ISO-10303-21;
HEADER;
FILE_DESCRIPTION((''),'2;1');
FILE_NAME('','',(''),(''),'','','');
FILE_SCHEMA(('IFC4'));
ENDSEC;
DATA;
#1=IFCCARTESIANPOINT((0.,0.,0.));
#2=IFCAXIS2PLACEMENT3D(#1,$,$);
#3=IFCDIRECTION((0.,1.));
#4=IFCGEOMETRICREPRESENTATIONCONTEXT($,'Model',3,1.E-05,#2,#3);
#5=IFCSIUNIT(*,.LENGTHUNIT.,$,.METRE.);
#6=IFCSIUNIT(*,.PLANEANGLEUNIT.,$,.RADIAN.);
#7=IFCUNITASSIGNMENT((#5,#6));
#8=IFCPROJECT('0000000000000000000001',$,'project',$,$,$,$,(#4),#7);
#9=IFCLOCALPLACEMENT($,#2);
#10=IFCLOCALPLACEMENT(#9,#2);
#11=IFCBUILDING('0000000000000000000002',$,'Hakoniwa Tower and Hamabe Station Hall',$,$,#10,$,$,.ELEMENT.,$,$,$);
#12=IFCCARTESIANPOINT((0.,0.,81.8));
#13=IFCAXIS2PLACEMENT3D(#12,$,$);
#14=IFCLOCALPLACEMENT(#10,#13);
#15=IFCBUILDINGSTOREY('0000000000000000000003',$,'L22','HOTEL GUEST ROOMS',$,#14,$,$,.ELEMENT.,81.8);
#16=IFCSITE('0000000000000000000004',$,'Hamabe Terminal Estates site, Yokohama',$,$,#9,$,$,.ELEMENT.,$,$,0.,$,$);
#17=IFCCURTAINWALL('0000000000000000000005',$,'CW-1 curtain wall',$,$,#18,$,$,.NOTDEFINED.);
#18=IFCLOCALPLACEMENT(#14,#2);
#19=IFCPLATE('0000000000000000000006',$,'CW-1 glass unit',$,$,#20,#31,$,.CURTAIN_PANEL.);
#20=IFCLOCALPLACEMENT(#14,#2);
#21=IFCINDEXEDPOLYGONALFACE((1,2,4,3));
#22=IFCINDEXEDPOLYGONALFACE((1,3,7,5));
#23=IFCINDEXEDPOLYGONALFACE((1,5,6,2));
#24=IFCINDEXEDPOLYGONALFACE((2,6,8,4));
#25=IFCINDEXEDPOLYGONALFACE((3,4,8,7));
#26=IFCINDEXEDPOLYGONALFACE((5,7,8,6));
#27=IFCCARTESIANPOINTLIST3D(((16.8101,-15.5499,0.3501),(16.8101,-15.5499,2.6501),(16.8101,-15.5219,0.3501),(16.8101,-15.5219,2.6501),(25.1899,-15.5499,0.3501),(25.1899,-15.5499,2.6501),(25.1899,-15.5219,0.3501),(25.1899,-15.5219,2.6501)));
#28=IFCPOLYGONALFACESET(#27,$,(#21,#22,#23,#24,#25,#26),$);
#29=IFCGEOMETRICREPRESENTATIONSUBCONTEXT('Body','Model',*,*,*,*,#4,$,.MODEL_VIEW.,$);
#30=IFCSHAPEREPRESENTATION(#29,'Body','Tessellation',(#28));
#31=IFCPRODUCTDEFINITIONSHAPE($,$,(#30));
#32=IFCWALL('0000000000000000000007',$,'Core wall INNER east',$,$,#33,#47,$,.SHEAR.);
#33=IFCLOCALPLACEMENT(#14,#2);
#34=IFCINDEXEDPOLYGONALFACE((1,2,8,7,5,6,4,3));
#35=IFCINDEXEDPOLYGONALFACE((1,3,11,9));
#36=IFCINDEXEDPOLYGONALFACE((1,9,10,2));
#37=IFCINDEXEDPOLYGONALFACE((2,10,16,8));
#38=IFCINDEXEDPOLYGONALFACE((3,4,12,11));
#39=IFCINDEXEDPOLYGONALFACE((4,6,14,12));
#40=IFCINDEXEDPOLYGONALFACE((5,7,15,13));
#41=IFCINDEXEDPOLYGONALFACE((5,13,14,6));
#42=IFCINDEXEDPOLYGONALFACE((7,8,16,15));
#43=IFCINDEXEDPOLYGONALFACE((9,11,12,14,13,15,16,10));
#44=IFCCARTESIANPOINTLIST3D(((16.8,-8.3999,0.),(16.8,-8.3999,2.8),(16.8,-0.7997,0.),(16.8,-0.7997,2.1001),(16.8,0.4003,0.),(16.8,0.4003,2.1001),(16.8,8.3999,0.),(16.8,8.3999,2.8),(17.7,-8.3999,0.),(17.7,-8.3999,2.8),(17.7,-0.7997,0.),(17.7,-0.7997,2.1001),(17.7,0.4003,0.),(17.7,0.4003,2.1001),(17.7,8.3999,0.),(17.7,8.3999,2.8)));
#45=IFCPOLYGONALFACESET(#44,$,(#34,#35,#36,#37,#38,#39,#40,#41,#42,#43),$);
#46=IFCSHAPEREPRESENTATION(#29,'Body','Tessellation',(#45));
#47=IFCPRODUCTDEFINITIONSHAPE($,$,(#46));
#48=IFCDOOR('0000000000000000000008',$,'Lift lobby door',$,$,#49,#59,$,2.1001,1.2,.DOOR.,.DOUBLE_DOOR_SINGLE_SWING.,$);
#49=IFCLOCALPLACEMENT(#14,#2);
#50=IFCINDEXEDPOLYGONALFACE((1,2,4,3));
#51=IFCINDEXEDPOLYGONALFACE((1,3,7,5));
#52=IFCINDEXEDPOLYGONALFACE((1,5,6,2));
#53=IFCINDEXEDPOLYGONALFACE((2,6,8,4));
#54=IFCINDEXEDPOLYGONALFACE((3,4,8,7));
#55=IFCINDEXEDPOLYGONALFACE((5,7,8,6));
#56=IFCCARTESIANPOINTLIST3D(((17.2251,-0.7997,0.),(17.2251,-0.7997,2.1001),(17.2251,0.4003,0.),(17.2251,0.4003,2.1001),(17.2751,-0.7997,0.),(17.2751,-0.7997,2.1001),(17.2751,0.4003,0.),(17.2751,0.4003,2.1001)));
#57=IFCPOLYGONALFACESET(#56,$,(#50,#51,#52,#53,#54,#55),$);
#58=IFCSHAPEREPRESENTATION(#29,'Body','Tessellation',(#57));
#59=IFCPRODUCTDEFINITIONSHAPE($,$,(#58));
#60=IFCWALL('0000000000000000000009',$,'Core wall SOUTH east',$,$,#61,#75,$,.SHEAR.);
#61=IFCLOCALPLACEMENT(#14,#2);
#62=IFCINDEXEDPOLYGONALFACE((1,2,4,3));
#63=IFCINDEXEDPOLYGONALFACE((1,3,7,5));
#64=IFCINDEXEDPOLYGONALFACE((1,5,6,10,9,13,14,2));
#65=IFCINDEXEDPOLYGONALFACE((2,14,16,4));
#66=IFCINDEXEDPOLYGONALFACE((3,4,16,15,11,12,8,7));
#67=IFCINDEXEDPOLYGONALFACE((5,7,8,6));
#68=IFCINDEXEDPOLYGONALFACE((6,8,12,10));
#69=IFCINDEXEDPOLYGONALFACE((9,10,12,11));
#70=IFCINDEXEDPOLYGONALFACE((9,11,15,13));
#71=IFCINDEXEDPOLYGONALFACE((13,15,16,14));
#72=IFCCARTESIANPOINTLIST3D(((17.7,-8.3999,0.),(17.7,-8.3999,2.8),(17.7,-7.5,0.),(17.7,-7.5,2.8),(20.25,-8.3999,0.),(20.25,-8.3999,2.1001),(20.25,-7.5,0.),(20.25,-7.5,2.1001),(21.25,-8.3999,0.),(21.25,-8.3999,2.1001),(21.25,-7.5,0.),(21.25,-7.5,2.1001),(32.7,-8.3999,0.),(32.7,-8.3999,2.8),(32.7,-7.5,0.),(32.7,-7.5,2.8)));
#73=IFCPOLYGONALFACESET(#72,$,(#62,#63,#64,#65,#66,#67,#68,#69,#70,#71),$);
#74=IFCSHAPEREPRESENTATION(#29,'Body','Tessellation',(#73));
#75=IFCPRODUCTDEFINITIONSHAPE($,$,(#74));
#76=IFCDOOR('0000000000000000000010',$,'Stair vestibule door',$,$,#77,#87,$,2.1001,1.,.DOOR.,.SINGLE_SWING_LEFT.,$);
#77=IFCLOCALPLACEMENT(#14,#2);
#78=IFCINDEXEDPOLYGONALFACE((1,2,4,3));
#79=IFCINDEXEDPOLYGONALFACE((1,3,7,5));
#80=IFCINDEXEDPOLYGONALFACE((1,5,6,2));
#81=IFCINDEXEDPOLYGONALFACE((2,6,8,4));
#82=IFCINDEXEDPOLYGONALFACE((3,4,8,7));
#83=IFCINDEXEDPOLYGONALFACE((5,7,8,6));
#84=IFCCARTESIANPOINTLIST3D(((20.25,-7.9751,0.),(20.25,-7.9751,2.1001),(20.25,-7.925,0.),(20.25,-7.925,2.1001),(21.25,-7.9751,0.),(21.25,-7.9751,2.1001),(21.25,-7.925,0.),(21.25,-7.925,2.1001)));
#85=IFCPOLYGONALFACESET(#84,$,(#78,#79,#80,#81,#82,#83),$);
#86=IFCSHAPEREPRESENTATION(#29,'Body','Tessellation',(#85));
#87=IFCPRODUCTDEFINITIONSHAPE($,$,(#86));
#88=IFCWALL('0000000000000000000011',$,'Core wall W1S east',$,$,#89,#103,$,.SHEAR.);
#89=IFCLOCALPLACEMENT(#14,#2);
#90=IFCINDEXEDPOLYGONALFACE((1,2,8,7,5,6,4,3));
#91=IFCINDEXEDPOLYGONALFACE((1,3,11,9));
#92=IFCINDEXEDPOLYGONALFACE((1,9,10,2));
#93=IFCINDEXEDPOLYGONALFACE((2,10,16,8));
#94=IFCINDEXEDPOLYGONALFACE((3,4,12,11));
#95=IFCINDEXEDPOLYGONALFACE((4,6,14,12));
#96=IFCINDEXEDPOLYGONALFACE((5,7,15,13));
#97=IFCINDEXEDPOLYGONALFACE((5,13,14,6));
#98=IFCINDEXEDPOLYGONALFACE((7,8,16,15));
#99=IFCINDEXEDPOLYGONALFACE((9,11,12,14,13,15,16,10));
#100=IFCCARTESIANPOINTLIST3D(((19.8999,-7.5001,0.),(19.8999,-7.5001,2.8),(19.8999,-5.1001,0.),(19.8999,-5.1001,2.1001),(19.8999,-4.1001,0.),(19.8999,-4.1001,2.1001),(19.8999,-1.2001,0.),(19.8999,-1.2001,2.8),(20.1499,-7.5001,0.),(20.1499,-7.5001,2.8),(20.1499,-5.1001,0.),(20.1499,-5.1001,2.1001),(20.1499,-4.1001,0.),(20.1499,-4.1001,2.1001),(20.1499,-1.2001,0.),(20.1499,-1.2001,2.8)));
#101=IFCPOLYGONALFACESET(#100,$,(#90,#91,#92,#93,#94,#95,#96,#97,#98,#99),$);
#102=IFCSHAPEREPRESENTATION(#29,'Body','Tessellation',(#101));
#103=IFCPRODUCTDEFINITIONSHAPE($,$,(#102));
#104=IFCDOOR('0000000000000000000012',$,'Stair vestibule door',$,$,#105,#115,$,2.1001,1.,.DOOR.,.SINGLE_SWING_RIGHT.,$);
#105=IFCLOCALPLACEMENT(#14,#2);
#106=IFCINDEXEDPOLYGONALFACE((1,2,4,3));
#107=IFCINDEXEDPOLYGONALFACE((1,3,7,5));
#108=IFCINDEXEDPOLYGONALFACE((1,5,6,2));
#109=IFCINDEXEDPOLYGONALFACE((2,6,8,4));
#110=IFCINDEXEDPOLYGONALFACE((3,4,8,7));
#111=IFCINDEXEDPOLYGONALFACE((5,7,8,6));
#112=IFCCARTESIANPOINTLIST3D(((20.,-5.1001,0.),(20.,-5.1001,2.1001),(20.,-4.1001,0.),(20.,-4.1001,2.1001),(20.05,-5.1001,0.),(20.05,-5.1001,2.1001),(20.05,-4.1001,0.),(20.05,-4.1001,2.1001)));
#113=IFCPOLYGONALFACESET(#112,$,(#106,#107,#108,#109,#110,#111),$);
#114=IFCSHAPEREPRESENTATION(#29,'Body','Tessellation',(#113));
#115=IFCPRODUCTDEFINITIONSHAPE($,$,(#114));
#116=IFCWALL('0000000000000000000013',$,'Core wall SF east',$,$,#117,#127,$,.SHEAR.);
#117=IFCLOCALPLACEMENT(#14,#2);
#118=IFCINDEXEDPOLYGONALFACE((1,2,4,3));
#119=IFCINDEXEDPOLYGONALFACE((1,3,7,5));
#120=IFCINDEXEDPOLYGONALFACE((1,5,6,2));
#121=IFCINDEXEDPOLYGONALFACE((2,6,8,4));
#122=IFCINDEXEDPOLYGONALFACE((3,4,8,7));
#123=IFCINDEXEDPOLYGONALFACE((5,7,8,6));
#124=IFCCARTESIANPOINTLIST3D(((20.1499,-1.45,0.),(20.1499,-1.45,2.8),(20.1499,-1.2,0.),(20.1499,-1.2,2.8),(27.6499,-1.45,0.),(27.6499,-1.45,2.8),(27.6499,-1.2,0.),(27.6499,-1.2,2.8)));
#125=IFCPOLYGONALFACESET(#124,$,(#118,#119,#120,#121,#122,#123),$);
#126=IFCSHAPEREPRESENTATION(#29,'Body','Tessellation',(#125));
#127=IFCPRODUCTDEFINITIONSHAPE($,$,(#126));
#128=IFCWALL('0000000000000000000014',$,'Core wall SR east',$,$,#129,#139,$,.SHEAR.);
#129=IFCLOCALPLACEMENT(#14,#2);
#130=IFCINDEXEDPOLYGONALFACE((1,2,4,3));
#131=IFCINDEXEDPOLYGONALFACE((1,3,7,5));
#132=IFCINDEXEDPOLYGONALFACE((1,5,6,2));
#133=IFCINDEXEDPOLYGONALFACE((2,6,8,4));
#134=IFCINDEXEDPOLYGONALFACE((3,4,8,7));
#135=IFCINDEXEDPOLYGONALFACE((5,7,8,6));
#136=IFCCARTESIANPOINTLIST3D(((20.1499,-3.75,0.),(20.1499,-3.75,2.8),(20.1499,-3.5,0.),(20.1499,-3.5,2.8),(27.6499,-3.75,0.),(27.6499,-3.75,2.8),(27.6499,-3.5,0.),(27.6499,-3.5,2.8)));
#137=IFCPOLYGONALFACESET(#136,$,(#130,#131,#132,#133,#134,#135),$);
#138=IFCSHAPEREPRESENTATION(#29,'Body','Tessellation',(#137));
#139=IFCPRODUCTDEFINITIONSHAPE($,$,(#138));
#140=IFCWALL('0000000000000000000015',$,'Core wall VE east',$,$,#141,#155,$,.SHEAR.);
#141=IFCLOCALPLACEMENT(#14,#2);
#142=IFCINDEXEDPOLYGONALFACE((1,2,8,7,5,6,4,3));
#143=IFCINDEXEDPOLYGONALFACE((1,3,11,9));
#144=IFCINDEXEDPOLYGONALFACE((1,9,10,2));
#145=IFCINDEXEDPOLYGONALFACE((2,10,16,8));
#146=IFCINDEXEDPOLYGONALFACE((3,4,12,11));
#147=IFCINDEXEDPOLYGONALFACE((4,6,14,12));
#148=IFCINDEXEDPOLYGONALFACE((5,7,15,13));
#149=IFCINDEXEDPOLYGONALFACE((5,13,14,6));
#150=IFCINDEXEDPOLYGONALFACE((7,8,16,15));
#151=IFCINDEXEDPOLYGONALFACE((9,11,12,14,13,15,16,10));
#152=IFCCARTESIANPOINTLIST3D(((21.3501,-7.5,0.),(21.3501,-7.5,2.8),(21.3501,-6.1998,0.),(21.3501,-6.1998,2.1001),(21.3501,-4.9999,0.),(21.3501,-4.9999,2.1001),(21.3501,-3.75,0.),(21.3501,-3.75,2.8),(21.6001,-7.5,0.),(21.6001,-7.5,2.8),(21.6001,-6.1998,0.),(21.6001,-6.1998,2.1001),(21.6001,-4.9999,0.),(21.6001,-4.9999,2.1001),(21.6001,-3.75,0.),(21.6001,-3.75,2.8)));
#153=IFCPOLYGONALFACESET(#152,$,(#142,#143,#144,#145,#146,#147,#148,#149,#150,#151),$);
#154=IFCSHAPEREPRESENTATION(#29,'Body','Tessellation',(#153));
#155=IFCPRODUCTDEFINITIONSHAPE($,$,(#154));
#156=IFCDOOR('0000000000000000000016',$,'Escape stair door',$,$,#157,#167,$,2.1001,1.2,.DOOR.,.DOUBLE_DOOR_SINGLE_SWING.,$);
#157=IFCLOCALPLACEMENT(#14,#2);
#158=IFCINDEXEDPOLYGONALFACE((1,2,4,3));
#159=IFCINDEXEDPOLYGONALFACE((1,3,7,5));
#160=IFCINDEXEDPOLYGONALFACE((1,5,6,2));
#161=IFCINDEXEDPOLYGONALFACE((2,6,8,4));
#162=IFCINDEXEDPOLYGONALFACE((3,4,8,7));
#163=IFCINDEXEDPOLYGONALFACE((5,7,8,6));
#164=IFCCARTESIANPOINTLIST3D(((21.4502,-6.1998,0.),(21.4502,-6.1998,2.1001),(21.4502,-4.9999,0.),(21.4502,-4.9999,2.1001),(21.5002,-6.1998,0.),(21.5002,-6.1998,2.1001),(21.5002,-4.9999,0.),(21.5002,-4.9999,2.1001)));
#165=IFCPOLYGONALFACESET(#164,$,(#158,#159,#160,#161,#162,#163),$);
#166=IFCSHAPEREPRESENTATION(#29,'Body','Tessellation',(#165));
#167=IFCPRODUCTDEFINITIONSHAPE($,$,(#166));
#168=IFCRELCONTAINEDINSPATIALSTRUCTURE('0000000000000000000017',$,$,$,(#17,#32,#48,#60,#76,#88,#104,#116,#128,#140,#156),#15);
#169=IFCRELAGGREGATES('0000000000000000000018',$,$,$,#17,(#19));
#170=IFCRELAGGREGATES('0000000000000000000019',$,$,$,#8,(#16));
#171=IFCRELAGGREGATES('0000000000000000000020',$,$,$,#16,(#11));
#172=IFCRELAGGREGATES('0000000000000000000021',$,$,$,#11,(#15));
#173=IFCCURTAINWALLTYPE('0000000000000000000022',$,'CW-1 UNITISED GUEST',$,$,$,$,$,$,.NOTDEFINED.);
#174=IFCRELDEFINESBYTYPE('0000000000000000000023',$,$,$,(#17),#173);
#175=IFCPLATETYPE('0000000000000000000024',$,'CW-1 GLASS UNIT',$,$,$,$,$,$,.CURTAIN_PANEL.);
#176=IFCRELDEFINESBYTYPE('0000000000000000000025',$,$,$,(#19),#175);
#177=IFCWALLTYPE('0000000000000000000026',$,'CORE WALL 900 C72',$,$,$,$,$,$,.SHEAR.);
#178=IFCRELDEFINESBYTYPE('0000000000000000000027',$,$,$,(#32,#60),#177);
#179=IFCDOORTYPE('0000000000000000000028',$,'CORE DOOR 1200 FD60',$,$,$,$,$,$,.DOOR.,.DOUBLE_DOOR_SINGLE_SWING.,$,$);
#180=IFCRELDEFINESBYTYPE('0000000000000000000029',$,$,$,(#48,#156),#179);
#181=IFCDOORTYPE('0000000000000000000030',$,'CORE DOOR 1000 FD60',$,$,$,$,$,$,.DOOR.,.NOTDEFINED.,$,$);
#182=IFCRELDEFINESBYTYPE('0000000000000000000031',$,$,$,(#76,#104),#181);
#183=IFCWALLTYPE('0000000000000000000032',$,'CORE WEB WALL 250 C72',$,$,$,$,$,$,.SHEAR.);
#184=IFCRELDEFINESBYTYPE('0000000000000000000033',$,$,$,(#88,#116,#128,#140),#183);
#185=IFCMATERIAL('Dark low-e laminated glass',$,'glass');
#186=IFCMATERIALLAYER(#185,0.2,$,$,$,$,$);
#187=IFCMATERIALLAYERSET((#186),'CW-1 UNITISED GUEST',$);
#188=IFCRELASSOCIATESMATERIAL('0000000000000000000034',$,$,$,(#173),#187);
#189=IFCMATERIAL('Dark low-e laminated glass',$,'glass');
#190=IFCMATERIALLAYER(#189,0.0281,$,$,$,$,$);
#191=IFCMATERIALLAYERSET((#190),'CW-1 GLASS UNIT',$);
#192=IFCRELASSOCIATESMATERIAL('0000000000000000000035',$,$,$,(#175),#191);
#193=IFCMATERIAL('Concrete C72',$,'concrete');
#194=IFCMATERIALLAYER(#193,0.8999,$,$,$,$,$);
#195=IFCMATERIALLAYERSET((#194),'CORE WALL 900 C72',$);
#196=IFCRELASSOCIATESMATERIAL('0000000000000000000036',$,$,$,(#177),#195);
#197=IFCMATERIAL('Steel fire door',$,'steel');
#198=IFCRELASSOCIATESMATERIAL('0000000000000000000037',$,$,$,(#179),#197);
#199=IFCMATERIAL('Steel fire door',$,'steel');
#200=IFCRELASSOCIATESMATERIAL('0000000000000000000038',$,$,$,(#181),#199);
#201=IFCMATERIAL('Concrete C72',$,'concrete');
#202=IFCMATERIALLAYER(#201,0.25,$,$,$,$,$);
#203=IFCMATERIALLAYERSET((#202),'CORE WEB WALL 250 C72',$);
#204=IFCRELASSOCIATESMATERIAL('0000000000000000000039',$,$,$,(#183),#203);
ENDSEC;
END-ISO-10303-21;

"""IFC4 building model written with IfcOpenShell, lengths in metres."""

from ifc_helpers import new_model, si_unit, direction, frame, frame_2d, origin, origin_2d, place, context, subcontext, project, spatial, rectangle, extrude, material, layer, layer_set, type_object, element, fill, aggregate, save


model = new_model("IFC4")

# Units and contexts
model_context = context("Model", 3, precision=1e-05, world=origin(), true_north=direction((0.0, 1.0)))
body_context = subcontext(model_context, "Body", "Model", "MODEL_VIEW")
ifc_project = project(units=[si_unit("LENGTHUNIT", "METRE"), si_unit("PLANEANGLEUNIT", "RADIAN")], contexts=[model_context])

# Site, building, storey
site_placement = place(None, origin())
site = spatial("IfcSite", under=ifc_project, at=site_placement, Name="Hamabe Terminal Estates site, Yokohama", CompositionType="ELEMENT", RefElevation=0.0)
building_placement = place(site_placement, origin())
building = spatial("IfcBuilding", under=site, at=building_placement, Name="Hakoniwa Tower and Hamabe Station Hall", CompositionType="ELEMENT")
storey_placement = place(building_placement, frame((0.0, 0.0, 81.8)))
storey = spatial("IfcBuildingStorey", under=building, at=storey_placement, Name="L22", Description="HOTEL GUEST ROOMS", CompositionType="ELEMENT", Elevation=81.8)

# Curtain wall, plate
ifc_material_1 = material(Name="Dark low-e laminated glass", Category="glass")
ifc_layer_1 = layer(ifc_material_1, 0.2)
ifc_layer_set_1 = layer_set([ifc_layer_1], Name="CW-1 UNITISED GUEST")
curtain_wall_type = type_object("IfcCurtainWallType", Name="CW-1 UNITISED GUEST", PredefinedType="NOTDEFINED", material=ifc_layer_set_1)
curtain_wall_placement = place(storey_placement, origin())
curtain_wall = element("IfcCurtainWall", 1, at=curtain_wall_placement, inside=storey, type_object=curtain_wall_type, Name="CW-1 curtain wall", PredefinedType="NOTDEFINED")
ifc_material_2 = material(Name="Dark low-e laminated glass", Category="glass")
ifc_layer_2 = layer(ifc_material_2, 0.0281)
ifc_layer_set_2 = layer_set([ifc_layer_2], Name="CW-1 GLASS UNIT")
plate_type = type_object("IfcPlateType", Name="CW-1 GLASS UNIT", PredefinedType="CURTAIN_PANEL", material=ifc_layer_set_2)
plate_placement = place(storey_placement, frame((21.0, -15.5359, 0.3501), z_axis=(0.0, 0.0, 1.0), x_axis=(1.0, 0.0, 0.0)))
plate = element("IfcPlate", 2, at=plate_placement, type_object=plate_type, Name="CW-1 glass unit", PredefinedType="CURTAIN_PANEL", context=body_context, shape_type="SweptSolid", body=[
    extrude(rectangle(XDim=8.3799, YDim=0.0281, at=origin_2d()), origin(), (0.0, 0.0, 1.0), 2.3),
])
aggregate(curtain_wall, [plate])

# Walls, openings, doors
ifc_material_3 = material(Name="Concrete C72", Category="concrete")
ifc_layer_3 = layer(ifc_material_3, 0.8999)
ifc_layer_set_3 = layer_set([ifc_layer_3], Name="CORE WALL 900 C72")
wall_type_1 = type_object("IfcWallType", Name="CORE WALL 900 C72", PredefinedType="SHEAR", material=ifc_layer_set_3)
wall_1_placement = place(storey_placement, frame((17.25, -8.3999, 0.0), z_axis=(0.0, 0.0, 1.0), x_axis=(0.0, 1.0, 0.0)))
wall_1 = element("IfcWall", 3, at=wall_1_placement, inside=storey, type_object=wall_type_1, Name="Core wall INNER east", PredefinedType="SHEAR", context=body_context, shape_type="SweptSolid", body=[
    extrude(rectangle(XDim=16.7998, YDim=0.8999, at=frame_2d((8.3999, 0.0))), origin(), (0.0, 0.0, 1.0), 2.8),
])
opening_1_placement = place(wall_1_placement, frame((7.6001, 0.0, 0.0)))
opening_1 = element("IfcOpeningElement", 4, at=opening_1_placement, cuts=wall_1, PredefinedType="OPENING", context=body_context, shape_type="SweptSolid", body=[
    extrude(rectangle(XDim=1.2, YDim=2.1001, at=frame_2d((0.6001, 1.05))), frame((0.0, 0.46, 0.0), z_axis=(0.0, -1.0, 0.0), x_axis=(1.0, 0.0, 0.0)), (0.0, 0.0, 1.0), 0.9199),
])
ifc_material_4 = material(Name="Steel fire door", Category="steel")
door_type_1 = type_object("IfcDoorType", Name="CORE DOOR 1200 FD60", OperationType="DOUBLE_DOOR_SINGLE_SWING", PredefinedType="DOOR", material=ifc_material_4)
door_1_placement = place(opening_1_placement, origin())
door_1 = element("IfcDoor", 5, at=door_1_placement, inside=storey, type_object=door_type_1, Name="Lift lobby door", OperationType="DOUBLE_DOOR_SINGLE_SWING", OverallHeight=2.1001, OverallWidth=1.2, PredefinedType="DOOR", context=body_context, shape_type="SweptSolid", body=[
    extrude(rectangle(XDim=1.2, YDim=2.1001, at=frame_2d((0.6001, 1.05))), frame((0.0, 0.0249, 0.0), z_axis=(0.0, -1.0, 0.0), x_axis=(1.0, 0.0, 0.0)), (0.0, 0.0, 1.0), 0.05),
])
fill(opening_1, door_1)
wall_2_placement = place(storey_placement, frame((17.7, -7.95, 0.0), z_axis=(0.0, 0.0, 1.0), x_axis=(1.0, 0.0, 0.0)))
wall_2 = element("IfcWall", 6, at=wall_2_placement, inside=storey, type_object=wall_type_1, Name="Core wall SOUTH east", PredefinedType="SHEAR", context=body_context, shape_type="SweptSolid", body=[
    extrude(rectangle(XDim=15.0, YDim=0.8999, at=frame_2d((7.5, 0.0))), origin(), (0.0, 0.0, 1.0), 2.8),
])
opening_2_placement = place(wall_2_placement, frame((2.55, 0.0, 0.0)))
opening_2 = element("IfcOpeningElement", 7, at=opening_2_placement, cuts=wall_2, PredefinedType="OPENING", context=body_context, shape_type="SweptSolid", body=[
    extrude(rectangle(XDim=1.0, YDim=2.1001, at=frame_2d((0.5, 1.05))), frame((0.0, 0.46, 0.0), z_axis=(0.0, -1.0, 0.0), x_axis=(1.0, 0.0, 0.0)), (0.0, 0.0, 1.0), 0.9199),
])
ifc_material_5 = material(Name="Steel fire door", Category="steel")
door_type_2 = type_object("IfcDoorType", Name="CORE DOOR 1000 FD60", OperationType="NOTDEFINED", PredefinedType="DOOR", material=ifc_material_5)
door_2_placement = place(opening_2_placement, origin())
door_2 = element("IfcDoor", 8, at=door_2_placement, inside=storey, type_object=door_type_2, Name="Stair vestibule door", OperationType="SINGLE_SWING_LEFT", OverallHeight=2.1001, OverallWidth=1.0, PredefinedType="DOOR", context=body_context, shape_type="SweptSolid", body=[
    extrude(rectangle(XDim=1.0, YDim=2.1001, at=frame_2d((0.5, 1.05))), frame((0.0, 0.0249, 0.0), z_axis=(0.0, -1.0, 0.0), x_axis=(1.0, 0.0, 0.0)), (0.0, 0.0, 1.0), 0.05),
])
fill(opening_2, door_2)
ifc_material_6 = material(Name="Concrete C72", Category="concrete")
ifc_layer_4 = layer(ifc_material_6, 0.25)
ifc_layer_set_4 = layer_set([ifc_layer_4], Name="CORE WEB WALL 250 C72")
wall_type_2 = type_object("IfcWallType", Name="CORE WEB WALL 250 C72", PredefinedType="SHEAR", material=ifc_layer_set_4)
wall_3_placement = place(storey_placement, frame((20.0249, -7.5, 0.0), z_axis=(0.0, 0.0, 1.0), x_axis=(0.0, 1.0, 0.0)))
wall_3 = element("IfcWall", 9, at=wall_3_placement, inside=storey, type_object=wall_type_2, Name="Core wall W1S east", PredefinedType="SHEAR", context=body_context, shape_type="SweptSolid", body=[
    extrude(rectangle(XDim=6.3, YDim=0.25, at=frame_2d((3.1499, 0.0))), origin(), (0.0, 0.0, 1.0), 2.8),
])
opening_3_placement = place(wall_3_placement, frame((2.3999, 0.0, 0.0)))
opening_3 = element("IfcOpeningElement", 10, at=opening_3_placement, cuts=wall_3, PredefinedType="OPENING", context=body_context, shape_type="SweptSolid", body=[
    extrude(rectangle(XDim=1.0, YDim=2.1001, at=frame_2d((0.5, 1.05))), frame((0.0, 0.135, 0.0), z_axis=(0.0, -1.0, 0.0), x_axis=(1.0, 0.0, 0.0)), (0.0, 0.0, 1.0), 0.27),
])
door_3_placement = place(opening_3_placement, origin())
door_3 = element("IfcDoor", 11, at=door_3_placement, inside=storey, type_object=door_type_2, Name="Stair vestibule door", OperationType="SINGLE_SWING_RIGHT", OverallHeight=2.1001, OverallWidth=1.0, PredefinedType="DOOR", context=body_context, shape_type="SweptSolid", body=[
    extrude(rectangle(XDim=1.0, YDim=2.1001, at=frame_2d((0.5, 1.05))), frame((0.0, 0.0249, 0.0), z_axis=(0.0, -1.0, 0.0), x_axis=(1.0, 0.0, 0.0)), (0.0, 0.0, 1.0), 0.05),
])
fill(opening_3, door_3)

# Walls
for number, where, z_axis, x_axis, name in (
    (12, (20.1499, -1.325, 0.0), (0.0, 0.0, 1.0), (1.0, 0.0, 0.0), "Core wall SF east"),
    (13, (20.1499, -3.625, 0.0), (0.0, 0.0, 1.0), (1.0, 0.0, 0.0), "Core wall SR east"),
):
    element("IfcWall", number, at=place(storey_placement, frame(where, z_axis=z_axis, x_axis=x_axis)), inside=storey, type_object=wall_type_2, Name=name, PredefinedType="SHEAR", context=body_context, shape_type="SweptSolid", body=[
        extrude(rectangle(XDim=7.5, YDim=0.25, at=frame_2d((3.75, 0.0))), origin(), (0.0, 0.0, 1.0), 2.8),
    ])

# Wall, opening, door
wall_4_placement = place(storey_placement, frame((21.4751, -7.5, 0.0), z_axis=(0.0, 0.0, 1.0), x_axis=(0.0, 1.0, 0.0)))
wall_4 = element("IfcWall", 14, at=wall_4_placement, inside=storey, type_object=wall_type_2, Name="Core wall VE east", PredefinedType="SHEAR", context=body_context, shape_type="SweptSolid", body=[
    extrude(rectangle(XDim=3.75, YDim=0.25, at=frame_2d((1.875, 0.0))), origin(), (0.0, 0.0, 1.0), 2.8),
])
opening_4_placement = place(wall_4_placement, frame((1.3, 0.0, 0.0)))
opening_4 = element("IfcOpeningElement", 15, at=opening_4_placement, cuts=wall_4, PredefinedType="OPENING", context=body_context, shape_type="SweptSolid", body=[
    extrude(rectangle(XDim=1.2, YDim=2.1001, at=frame_2d((0.6001, 1.05))), frame((0.0, 0.135, 0.0), z_axis=(0.0, -1.0, 0.0), x_axis=(1.0, 0.0, 0.0)), (0.0, 0.0, 1.0), 0.27),
])
door_4_placement = place(opening_4_placement, origin())
door_4 = element("IfcDoor", 16, at=door_4_placement, inside=storey, type_object=door_type_1, Name="Escape stair door", OperationType="DOUBLE_DOOR_SINGLE_SWING", OverallHeight=2.1001, OverallWidth=1.2, PredefinedType="DOOR", context=body_context, shape_type="SweptSolid", body=[
    extrude(rectangle(XDim=1.2, YDim=2.1001, at=frame_2d((0.6001, 1.05))), frame((0.0, 0.0249, 0.0), z_axis=(0.0, -1.0, 0.0), x_axis=(1.0, 0.0, 0.0)), (0.0, 0.0, 1.0), 0.05),
])
fill(opening_4, door_4)

save(model, "model.ifc")
